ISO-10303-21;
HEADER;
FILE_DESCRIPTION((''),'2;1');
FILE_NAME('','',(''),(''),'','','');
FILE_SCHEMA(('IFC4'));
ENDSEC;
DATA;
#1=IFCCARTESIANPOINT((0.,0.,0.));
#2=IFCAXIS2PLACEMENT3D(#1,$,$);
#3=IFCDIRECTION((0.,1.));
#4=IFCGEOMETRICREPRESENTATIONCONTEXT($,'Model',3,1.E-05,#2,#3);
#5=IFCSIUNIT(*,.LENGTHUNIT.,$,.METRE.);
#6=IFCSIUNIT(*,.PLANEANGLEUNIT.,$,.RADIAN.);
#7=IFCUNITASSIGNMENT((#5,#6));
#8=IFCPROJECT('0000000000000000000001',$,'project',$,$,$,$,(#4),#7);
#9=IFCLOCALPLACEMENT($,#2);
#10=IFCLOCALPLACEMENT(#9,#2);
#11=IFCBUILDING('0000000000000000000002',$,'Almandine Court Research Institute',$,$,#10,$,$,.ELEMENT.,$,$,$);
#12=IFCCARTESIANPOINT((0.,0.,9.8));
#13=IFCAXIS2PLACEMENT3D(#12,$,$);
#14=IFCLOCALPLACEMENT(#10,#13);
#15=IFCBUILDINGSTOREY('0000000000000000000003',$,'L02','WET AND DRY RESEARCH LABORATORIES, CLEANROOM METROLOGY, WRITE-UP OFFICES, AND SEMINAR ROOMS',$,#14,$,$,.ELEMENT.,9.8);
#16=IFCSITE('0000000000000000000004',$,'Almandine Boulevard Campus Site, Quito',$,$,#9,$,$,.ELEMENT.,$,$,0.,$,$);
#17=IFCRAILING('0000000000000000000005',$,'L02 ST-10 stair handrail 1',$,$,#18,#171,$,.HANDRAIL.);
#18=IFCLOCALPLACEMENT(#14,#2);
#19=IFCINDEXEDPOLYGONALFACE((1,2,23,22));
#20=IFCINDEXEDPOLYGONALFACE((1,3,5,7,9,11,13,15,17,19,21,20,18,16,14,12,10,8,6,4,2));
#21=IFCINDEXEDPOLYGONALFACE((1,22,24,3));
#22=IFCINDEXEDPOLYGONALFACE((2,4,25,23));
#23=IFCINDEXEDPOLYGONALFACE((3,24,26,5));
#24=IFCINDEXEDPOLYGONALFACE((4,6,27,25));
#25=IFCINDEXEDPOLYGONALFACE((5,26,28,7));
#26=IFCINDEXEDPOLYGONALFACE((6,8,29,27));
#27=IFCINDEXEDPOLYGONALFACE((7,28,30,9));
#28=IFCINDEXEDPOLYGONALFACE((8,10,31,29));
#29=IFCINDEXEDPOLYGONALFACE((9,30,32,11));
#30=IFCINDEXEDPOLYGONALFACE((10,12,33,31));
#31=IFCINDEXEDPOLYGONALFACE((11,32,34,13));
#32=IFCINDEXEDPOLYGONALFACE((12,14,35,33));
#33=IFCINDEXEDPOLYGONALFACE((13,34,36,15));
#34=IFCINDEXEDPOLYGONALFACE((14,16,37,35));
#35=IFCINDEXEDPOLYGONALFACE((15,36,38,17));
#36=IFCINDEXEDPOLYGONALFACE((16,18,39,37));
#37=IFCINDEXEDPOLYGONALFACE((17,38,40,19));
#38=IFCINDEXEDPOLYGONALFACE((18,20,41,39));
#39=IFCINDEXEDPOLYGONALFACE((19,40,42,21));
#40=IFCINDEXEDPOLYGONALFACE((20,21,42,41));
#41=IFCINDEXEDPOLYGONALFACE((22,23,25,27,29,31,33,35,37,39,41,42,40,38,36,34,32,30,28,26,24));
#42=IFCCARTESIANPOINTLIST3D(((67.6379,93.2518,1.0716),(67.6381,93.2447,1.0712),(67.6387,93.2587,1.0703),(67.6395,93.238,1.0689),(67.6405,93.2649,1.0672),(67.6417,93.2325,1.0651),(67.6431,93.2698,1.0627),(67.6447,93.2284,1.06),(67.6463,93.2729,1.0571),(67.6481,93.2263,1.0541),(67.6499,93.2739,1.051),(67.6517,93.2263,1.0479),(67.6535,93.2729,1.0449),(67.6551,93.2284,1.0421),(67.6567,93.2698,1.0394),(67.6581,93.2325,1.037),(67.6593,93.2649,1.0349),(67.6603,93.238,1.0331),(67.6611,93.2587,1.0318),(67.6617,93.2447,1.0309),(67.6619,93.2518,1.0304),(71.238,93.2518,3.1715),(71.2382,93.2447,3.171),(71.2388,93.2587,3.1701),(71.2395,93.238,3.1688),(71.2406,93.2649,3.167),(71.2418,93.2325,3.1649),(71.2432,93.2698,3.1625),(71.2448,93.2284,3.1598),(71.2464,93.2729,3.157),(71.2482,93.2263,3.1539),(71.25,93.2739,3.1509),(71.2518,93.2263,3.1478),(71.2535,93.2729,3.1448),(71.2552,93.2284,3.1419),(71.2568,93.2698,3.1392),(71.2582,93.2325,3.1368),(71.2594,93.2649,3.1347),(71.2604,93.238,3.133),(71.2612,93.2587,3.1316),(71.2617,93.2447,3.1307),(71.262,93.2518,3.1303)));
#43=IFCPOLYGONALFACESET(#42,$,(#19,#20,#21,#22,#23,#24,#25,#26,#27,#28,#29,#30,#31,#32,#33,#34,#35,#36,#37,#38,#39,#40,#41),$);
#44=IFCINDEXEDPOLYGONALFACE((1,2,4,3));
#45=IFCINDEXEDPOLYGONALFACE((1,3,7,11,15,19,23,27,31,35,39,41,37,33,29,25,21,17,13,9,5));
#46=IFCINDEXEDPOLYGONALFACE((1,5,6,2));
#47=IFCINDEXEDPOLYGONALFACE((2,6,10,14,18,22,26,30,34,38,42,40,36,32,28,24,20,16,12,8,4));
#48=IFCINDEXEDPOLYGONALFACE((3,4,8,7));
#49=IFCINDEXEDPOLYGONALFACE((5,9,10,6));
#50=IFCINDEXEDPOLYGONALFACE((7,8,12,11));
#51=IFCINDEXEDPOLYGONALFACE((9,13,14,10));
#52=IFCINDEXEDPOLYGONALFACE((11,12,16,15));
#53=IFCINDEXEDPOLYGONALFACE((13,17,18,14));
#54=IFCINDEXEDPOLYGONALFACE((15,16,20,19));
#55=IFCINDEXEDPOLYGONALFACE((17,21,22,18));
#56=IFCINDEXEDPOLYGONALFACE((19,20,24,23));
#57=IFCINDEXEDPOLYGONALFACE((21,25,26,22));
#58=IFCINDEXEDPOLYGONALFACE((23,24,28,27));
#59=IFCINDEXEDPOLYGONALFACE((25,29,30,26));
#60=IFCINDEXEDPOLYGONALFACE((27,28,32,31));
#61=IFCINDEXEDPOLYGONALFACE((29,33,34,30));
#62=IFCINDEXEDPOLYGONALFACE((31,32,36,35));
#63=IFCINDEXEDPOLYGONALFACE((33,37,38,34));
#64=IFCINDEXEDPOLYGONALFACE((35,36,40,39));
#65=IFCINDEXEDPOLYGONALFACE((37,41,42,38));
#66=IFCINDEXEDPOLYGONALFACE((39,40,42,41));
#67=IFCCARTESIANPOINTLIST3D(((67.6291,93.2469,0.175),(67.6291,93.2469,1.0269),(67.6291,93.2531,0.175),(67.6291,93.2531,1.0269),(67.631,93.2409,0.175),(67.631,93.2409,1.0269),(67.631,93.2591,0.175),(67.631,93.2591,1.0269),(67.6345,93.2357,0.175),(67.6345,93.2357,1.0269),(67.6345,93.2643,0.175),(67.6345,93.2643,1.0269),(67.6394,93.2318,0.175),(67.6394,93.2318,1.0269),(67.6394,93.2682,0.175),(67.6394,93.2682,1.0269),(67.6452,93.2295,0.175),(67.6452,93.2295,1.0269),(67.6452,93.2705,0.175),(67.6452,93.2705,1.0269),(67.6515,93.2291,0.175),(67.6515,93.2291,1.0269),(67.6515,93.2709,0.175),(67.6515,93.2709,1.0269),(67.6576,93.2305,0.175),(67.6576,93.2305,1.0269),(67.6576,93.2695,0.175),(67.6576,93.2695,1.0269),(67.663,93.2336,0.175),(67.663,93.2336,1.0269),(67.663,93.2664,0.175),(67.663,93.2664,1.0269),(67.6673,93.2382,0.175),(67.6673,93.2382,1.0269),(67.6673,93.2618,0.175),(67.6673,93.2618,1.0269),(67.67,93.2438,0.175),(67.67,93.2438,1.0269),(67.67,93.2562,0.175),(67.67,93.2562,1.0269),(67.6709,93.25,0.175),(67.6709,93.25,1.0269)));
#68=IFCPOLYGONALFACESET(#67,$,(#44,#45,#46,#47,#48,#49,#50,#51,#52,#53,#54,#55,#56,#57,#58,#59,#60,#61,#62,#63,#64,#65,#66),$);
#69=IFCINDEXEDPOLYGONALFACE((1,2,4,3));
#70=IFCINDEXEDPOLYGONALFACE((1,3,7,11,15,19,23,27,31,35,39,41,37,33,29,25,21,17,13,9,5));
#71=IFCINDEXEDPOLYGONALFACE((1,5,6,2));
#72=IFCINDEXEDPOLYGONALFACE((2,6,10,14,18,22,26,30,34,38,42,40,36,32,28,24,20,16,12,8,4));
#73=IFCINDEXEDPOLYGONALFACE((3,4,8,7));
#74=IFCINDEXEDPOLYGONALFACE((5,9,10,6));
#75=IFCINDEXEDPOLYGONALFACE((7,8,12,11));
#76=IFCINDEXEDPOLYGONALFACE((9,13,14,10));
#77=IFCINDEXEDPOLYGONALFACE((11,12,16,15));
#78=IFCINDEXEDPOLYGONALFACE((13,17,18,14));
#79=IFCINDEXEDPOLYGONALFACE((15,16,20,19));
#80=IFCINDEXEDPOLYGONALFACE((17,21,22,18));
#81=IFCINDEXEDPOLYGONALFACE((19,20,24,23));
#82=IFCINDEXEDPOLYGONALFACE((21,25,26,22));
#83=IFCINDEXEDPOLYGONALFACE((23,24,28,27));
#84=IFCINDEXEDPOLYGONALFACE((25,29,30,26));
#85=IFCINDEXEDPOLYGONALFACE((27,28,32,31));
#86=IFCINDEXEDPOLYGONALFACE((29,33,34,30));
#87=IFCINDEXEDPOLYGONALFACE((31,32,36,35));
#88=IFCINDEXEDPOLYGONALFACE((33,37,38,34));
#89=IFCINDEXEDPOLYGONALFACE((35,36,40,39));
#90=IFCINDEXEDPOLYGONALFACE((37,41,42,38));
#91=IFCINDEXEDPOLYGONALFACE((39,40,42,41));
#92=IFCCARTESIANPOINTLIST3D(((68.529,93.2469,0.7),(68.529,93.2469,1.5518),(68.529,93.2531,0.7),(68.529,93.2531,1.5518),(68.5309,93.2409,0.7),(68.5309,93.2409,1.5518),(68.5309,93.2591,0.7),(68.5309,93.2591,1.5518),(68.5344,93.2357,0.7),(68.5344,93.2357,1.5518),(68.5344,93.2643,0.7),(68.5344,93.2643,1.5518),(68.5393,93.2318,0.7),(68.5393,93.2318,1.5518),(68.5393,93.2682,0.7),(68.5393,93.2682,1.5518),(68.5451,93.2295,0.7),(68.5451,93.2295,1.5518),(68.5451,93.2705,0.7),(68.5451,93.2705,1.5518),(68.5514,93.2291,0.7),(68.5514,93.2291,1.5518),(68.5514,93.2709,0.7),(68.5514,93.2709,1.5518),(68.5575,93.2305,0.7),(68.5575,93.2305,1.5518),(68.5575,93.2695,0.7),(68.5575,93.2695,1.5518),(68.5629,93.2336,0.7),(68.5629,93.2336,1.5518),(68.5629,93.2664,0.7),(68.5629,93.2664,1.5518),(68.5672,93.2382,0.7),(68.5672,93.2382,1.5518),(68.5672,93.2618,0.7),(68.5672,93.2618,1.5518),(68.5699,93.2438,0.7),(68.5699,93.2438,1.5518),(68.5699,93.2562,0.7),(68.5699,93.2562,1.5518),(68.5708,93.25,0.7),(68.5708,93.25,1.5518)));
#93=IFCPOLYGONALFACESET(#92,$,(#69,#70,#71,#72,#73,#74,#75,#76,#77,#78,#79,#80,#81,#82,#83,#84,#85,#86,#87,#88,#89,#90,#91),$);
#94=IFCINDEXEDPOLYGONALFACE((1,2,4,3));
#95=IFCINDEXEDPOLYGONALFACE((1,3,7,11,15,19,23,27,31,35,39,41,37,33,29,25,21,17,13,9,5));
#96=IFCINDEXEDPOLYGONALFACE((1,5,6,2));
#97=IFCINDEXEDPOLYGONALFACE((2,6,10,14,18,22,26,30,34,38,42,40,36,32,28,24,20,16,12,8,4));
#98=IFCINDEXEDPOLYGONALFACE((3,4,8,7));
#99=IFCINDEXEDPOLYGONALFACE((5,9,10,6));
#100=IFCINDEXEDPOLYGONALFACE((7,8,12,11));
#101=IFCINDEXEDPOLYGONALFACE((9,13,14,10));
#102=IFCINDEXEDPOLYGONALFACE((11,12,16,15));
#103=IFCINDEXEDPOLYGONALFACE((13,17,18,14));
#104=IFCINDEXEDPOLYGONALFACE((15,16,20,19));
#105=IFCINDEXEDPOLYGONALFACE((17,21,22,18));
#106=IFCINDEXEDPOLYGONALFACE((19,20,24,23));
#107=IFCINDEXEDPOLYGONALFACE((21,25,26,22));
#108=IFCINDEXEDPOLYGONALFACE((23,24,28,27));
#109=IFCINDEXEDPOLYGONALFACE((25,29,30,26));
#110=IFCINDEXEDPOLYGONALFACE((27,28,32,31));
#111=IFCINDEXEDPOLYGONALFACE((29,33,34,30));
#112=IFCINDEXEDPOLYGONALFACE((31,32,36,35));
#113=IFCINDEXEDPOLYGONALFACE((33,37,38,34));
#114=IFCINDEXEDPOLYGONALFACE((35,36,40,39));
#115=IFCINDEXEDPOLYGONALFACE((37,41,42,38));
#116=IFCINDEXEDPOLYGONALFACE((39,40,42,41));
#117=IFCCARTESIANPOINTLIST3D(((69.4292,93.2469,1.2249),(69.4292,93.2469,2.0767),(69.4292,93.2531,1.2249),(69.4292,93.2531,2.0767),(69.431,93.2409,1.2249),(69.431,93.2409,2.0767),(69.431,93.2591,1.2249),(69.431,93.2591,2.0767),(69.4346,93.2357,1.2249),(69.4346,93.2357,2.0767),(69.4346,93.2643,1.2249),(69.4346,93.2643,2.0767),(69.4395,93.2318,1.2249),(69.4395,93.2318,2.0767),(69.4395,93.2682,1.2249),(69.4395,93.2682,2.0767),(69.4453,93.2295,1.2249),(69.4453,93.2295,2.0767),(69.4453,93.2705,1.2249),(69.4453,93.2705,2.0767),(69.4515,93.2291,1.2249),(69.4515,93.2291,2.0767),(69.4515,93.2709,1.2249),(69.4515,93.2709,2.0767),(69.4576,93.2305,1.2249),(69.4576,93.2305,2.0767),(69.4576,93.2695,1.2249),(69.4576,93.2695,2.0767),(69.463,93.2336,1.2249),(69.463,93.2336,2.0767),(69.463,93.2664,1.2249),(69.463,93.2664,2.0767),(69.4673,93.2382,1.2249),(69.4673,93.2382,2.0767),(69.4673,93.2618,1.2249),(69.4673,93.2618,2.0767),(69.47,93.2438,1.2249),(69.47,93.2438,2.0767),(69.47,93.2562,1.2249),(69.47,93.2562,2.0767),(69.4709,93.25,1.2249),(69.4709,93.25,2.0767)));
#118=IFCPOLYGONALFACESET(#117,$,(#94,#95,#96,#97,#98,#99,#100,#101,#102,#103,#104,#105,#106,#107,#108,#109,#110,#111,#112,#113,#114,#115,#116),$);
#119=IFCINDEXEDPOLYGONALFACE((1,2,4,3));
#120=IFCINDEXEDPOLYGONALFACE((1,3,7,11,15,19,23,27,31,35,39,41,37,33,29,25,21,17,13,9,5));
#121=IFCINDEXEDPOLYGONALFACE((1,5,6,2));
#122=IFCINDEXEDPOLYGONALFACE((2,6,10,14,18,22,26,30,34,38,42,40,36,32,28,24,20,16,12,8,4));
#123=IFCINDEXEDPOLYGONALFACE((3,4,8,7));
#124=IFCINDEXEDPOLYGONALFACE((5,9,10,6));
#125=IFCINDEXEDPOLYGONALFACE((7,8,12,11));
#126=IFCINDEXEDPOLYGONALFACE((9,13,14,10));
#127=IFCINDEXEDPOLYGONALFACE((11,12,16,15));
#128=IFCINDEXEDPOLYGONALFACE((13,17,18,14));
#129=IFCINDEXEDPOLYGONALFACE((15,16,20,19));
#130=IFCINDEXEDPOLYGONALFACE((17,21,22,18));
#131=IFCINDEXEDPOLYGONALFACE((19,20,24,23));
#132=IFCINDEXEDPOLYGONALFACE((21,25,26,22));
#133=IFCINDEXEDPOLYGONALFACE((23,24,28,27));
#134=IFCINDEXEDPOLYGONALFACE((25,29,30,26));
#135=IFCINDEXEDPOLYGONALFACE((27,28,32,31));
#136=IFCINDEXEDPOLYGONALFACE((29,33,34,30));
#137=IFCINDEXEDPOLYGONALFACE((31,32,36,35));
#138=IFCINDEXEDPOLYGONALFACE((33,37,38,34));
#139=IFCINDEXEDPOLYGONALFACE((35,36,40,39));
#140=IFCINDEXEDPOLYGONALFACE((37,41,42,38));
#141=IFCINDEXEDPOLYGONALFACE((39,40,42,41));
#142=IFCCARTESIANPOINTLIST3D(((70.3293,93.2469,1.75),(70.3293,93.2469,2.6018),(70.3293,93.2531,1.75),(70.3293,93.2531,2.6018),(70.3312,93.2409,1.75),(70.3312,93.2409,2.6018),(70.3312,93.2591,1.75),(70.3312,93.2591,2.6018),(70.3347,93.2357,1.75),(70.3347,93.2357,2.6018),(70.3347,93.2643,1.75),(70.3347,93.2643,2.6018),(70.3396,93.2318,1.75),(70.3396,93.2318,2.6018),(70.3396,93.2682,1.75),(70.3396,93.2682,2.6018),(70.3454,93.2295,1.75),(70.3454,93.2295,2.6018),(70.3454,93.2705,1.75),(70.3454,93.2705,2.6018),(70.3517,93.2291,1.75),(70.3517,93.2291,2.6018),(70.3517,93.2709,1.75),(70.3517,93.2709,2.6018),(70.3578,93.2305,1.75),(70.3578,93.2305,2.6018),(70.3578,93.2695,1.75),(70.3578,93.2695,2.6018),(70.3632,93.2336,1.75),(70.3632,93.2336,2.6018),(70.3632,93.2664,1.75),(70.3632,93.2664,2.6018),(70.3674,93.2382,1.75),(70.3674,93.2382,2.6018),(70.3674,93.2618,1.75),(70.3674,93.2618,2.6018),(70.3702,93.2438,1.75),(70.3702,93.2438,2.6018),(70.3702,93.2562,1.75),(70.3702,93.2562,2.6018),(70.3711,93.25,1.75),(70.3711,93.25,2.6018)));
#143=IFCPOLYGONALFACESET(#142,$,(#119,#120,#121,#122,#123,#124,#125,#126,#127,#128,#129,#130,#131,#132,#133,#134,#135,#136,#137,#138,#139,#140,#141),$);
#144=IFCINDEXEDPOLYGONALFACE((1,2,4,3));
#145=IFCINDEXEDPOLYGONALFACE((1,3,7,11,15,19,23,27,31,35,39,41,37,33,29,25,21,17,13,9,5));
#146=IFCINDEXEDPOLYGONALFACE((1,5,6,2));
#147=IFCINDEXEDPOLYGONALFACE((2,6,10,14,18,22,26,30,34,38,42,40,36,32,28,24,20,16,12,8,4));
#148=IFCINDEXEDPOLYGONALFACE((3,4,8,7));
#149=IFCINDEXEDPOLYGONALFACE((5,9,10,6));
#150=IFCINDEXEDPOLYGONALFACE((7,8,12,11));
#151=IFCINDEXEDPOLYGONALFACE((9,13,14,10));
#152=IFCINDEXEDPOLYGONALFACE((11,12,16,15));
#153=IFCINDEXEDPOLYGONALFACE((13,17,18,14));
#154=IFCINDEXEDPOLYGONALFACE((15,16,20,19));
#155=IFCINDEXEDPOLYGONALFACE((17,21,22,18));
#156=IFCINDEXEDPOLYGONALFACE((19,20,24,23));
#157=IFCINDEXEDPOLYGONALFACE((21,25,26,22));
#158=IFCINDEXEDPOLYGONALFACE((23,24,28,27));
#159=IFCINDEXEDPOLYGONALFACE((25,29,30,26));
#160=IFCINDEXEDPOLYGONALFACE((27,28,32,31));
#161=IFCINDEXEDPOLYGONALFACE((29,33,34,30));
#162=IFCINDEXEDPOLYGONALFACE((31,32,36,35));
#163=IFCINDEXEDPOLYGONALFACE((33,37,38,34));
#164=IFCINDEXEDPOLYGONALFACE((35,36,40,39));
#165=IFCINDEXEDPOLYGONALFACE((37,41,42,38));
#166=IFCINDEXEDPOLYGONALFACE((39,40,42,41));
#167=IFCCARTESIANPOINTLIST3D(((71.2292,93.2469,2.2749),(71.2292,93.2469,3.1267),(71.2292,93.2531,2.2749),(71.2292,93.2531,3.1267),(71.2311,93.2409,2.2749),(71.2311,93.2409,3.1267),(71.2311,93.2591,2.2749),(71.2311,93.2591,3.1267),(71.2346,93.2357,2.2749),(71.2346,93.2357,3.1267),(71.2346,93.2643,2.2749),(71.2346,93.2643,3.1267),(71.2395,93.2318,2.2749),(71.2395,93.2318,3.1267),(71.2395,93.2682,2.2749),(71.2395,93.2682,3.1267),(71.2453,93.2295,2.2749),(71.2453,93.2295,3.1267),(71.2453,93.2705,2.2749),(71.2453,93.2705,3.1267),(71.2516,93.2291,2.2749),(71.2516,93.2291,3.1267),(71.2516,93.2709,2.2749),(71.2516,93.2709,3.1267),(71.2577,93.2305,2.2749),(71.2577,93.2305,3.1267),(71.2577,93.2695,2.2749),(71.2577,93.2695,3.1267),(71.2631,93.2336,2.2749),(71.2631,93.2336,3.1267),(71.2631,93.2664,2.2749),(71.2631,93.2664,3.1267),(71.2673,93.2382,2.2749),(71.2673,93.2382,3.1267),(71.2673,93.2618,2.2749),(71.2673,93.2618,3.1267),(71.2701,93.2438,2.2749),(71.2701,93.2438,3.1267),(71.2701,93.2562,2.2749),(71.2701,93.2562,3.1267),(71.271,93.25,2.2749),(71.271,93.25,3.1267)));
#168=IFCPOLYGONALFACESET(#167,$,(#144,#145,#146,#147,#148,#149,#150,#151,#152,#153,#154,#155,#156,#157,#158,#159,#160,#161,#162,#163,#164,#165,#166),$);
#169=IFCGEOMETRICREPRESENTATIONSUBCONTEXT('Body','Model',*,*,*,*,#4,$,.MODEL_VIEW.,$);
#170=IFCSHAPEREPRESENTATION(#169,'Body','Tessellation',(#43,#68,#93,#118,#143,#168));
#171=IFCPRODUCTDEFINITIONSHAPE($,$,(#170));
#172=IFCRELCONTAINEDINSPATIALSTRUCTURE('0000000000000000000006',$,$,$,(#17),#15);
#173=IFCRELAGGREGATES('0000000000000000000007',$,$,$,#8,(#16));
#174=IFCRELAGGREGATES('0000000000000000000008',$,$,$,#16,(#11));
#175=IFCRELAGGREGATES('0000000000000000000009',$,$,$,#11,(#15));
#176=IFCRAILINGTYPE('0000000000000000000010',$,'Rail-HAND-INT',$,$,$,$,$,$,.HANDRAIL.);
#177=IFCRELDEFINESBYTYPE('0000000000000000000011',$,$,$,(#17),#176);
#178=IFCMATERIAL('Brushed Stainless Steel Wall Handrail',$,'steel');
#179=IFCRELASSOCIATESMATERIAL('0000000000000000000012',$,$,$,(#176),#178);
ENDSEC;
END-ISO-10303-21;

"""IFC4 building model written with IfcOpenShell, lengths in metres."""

from ifc_helpers import new_model, si_unit, direction, frame, origin, origin_2d, place, context, subcontext, project, spatial, circle, extrude, material, type_object, element, save


model = new_model("IFC4")

# Units and contexts
model_context = context("Model", 3, precision=1e-05, world=origin(), true_north=direction((0.0, 1.0)))
body_context = subcontext(model_context, "Body", "Model", "MODEL_VIEW")
ifc_project = project(units=[si_unit("LENGTHUNIT", "METRE"), si_unit("PLANEANGLEUNIT", "RADIAN")], contexts=[model_context])

# Site, building, storey
site_placement = place(None, origin())
site = spatial("IfcSite", under=ifc_project, at=site_placement, Name="Almandine Boulevard Campus Site, Quito", CompositionType="ELEMENT", RefElevation=0.0)
building_placement = place(site_placement, origin())
building = spatial("IfcBuilding", under=site, at=building_placement, Name="Almandine Court Research Institute", CompositionType="ELEMENT")
storey_placement = place(building_placement, frame((0.0, 0.0, 9.8)))
storey = spatial("IfcBuildingStorey", under=building, at=storey_placement, Name="L02", Description="WET AND DRY RESEARCH LABORATORIES, CLEANROOM METROLOGY, WRITE-UP OFFICES, AND SEMINAR ROOMS", CompositionType="ELEMENT", Elevation=9.8)

# Railing
ifc_material_1 = material(Name="Brushed Stainless Steel Wall Handrail", Category="steel")
railing_type_1 = type_object("IfcRailingType", Name="Rail-HAND-INT", PredefinedType="HANDRAIL", material=ifc_material_1)
railing_1_placement = place(storey_placement, frame((67.6499, 93.25, 0.175)))
element("IfcRailing", 1, at=railing_1_placement, inside=storey, type_object=railing_type_1, Name="L02 ST-10 stair handrail 1", PredefinedType="HANDRAIL", context=body_context, shape_type="SweptSolid", body=[
    extrude(circle(Radius=0.0239, at=origin_2d()), frame((0.0, 0.0, 0.876), z_axis=(0.8638, 0.0, 0.503835), x_axis=(0.0, 1.0, 0.0)), (0.0, 0.0, 1.0), 4.1677),
    extrude(circle(Radius=0.021, at=origin_2d()), origin(), (0.0, 0.0, 1.0), 0.8518),
    extrude(circle(Radius=0.021, at=origin_2d()), frame((0.8999, 0.0, 0.5249)), (0.0, 0.0, 1.0), 0.8518),
    extrude(circle(Radius=0.021, at=origin_2d()), frame((1.8, 0.0, 1.0498)), (0.0, 0.0, 1.0), 0.8518),
    extrude(circle(Radius=0.021, at=origin_2d()), frame((2.7002, 0.0, 1.575)), (0.0, 0.0, 1.0), 0.8518),
    extrude(circle(Radius=0.021, at=origin_2d()), frame((3.6001, 0.0, 2.0999)), (0.0, 0.0, 1.0), 0.8518),
])

save(model, "model.ifc")
